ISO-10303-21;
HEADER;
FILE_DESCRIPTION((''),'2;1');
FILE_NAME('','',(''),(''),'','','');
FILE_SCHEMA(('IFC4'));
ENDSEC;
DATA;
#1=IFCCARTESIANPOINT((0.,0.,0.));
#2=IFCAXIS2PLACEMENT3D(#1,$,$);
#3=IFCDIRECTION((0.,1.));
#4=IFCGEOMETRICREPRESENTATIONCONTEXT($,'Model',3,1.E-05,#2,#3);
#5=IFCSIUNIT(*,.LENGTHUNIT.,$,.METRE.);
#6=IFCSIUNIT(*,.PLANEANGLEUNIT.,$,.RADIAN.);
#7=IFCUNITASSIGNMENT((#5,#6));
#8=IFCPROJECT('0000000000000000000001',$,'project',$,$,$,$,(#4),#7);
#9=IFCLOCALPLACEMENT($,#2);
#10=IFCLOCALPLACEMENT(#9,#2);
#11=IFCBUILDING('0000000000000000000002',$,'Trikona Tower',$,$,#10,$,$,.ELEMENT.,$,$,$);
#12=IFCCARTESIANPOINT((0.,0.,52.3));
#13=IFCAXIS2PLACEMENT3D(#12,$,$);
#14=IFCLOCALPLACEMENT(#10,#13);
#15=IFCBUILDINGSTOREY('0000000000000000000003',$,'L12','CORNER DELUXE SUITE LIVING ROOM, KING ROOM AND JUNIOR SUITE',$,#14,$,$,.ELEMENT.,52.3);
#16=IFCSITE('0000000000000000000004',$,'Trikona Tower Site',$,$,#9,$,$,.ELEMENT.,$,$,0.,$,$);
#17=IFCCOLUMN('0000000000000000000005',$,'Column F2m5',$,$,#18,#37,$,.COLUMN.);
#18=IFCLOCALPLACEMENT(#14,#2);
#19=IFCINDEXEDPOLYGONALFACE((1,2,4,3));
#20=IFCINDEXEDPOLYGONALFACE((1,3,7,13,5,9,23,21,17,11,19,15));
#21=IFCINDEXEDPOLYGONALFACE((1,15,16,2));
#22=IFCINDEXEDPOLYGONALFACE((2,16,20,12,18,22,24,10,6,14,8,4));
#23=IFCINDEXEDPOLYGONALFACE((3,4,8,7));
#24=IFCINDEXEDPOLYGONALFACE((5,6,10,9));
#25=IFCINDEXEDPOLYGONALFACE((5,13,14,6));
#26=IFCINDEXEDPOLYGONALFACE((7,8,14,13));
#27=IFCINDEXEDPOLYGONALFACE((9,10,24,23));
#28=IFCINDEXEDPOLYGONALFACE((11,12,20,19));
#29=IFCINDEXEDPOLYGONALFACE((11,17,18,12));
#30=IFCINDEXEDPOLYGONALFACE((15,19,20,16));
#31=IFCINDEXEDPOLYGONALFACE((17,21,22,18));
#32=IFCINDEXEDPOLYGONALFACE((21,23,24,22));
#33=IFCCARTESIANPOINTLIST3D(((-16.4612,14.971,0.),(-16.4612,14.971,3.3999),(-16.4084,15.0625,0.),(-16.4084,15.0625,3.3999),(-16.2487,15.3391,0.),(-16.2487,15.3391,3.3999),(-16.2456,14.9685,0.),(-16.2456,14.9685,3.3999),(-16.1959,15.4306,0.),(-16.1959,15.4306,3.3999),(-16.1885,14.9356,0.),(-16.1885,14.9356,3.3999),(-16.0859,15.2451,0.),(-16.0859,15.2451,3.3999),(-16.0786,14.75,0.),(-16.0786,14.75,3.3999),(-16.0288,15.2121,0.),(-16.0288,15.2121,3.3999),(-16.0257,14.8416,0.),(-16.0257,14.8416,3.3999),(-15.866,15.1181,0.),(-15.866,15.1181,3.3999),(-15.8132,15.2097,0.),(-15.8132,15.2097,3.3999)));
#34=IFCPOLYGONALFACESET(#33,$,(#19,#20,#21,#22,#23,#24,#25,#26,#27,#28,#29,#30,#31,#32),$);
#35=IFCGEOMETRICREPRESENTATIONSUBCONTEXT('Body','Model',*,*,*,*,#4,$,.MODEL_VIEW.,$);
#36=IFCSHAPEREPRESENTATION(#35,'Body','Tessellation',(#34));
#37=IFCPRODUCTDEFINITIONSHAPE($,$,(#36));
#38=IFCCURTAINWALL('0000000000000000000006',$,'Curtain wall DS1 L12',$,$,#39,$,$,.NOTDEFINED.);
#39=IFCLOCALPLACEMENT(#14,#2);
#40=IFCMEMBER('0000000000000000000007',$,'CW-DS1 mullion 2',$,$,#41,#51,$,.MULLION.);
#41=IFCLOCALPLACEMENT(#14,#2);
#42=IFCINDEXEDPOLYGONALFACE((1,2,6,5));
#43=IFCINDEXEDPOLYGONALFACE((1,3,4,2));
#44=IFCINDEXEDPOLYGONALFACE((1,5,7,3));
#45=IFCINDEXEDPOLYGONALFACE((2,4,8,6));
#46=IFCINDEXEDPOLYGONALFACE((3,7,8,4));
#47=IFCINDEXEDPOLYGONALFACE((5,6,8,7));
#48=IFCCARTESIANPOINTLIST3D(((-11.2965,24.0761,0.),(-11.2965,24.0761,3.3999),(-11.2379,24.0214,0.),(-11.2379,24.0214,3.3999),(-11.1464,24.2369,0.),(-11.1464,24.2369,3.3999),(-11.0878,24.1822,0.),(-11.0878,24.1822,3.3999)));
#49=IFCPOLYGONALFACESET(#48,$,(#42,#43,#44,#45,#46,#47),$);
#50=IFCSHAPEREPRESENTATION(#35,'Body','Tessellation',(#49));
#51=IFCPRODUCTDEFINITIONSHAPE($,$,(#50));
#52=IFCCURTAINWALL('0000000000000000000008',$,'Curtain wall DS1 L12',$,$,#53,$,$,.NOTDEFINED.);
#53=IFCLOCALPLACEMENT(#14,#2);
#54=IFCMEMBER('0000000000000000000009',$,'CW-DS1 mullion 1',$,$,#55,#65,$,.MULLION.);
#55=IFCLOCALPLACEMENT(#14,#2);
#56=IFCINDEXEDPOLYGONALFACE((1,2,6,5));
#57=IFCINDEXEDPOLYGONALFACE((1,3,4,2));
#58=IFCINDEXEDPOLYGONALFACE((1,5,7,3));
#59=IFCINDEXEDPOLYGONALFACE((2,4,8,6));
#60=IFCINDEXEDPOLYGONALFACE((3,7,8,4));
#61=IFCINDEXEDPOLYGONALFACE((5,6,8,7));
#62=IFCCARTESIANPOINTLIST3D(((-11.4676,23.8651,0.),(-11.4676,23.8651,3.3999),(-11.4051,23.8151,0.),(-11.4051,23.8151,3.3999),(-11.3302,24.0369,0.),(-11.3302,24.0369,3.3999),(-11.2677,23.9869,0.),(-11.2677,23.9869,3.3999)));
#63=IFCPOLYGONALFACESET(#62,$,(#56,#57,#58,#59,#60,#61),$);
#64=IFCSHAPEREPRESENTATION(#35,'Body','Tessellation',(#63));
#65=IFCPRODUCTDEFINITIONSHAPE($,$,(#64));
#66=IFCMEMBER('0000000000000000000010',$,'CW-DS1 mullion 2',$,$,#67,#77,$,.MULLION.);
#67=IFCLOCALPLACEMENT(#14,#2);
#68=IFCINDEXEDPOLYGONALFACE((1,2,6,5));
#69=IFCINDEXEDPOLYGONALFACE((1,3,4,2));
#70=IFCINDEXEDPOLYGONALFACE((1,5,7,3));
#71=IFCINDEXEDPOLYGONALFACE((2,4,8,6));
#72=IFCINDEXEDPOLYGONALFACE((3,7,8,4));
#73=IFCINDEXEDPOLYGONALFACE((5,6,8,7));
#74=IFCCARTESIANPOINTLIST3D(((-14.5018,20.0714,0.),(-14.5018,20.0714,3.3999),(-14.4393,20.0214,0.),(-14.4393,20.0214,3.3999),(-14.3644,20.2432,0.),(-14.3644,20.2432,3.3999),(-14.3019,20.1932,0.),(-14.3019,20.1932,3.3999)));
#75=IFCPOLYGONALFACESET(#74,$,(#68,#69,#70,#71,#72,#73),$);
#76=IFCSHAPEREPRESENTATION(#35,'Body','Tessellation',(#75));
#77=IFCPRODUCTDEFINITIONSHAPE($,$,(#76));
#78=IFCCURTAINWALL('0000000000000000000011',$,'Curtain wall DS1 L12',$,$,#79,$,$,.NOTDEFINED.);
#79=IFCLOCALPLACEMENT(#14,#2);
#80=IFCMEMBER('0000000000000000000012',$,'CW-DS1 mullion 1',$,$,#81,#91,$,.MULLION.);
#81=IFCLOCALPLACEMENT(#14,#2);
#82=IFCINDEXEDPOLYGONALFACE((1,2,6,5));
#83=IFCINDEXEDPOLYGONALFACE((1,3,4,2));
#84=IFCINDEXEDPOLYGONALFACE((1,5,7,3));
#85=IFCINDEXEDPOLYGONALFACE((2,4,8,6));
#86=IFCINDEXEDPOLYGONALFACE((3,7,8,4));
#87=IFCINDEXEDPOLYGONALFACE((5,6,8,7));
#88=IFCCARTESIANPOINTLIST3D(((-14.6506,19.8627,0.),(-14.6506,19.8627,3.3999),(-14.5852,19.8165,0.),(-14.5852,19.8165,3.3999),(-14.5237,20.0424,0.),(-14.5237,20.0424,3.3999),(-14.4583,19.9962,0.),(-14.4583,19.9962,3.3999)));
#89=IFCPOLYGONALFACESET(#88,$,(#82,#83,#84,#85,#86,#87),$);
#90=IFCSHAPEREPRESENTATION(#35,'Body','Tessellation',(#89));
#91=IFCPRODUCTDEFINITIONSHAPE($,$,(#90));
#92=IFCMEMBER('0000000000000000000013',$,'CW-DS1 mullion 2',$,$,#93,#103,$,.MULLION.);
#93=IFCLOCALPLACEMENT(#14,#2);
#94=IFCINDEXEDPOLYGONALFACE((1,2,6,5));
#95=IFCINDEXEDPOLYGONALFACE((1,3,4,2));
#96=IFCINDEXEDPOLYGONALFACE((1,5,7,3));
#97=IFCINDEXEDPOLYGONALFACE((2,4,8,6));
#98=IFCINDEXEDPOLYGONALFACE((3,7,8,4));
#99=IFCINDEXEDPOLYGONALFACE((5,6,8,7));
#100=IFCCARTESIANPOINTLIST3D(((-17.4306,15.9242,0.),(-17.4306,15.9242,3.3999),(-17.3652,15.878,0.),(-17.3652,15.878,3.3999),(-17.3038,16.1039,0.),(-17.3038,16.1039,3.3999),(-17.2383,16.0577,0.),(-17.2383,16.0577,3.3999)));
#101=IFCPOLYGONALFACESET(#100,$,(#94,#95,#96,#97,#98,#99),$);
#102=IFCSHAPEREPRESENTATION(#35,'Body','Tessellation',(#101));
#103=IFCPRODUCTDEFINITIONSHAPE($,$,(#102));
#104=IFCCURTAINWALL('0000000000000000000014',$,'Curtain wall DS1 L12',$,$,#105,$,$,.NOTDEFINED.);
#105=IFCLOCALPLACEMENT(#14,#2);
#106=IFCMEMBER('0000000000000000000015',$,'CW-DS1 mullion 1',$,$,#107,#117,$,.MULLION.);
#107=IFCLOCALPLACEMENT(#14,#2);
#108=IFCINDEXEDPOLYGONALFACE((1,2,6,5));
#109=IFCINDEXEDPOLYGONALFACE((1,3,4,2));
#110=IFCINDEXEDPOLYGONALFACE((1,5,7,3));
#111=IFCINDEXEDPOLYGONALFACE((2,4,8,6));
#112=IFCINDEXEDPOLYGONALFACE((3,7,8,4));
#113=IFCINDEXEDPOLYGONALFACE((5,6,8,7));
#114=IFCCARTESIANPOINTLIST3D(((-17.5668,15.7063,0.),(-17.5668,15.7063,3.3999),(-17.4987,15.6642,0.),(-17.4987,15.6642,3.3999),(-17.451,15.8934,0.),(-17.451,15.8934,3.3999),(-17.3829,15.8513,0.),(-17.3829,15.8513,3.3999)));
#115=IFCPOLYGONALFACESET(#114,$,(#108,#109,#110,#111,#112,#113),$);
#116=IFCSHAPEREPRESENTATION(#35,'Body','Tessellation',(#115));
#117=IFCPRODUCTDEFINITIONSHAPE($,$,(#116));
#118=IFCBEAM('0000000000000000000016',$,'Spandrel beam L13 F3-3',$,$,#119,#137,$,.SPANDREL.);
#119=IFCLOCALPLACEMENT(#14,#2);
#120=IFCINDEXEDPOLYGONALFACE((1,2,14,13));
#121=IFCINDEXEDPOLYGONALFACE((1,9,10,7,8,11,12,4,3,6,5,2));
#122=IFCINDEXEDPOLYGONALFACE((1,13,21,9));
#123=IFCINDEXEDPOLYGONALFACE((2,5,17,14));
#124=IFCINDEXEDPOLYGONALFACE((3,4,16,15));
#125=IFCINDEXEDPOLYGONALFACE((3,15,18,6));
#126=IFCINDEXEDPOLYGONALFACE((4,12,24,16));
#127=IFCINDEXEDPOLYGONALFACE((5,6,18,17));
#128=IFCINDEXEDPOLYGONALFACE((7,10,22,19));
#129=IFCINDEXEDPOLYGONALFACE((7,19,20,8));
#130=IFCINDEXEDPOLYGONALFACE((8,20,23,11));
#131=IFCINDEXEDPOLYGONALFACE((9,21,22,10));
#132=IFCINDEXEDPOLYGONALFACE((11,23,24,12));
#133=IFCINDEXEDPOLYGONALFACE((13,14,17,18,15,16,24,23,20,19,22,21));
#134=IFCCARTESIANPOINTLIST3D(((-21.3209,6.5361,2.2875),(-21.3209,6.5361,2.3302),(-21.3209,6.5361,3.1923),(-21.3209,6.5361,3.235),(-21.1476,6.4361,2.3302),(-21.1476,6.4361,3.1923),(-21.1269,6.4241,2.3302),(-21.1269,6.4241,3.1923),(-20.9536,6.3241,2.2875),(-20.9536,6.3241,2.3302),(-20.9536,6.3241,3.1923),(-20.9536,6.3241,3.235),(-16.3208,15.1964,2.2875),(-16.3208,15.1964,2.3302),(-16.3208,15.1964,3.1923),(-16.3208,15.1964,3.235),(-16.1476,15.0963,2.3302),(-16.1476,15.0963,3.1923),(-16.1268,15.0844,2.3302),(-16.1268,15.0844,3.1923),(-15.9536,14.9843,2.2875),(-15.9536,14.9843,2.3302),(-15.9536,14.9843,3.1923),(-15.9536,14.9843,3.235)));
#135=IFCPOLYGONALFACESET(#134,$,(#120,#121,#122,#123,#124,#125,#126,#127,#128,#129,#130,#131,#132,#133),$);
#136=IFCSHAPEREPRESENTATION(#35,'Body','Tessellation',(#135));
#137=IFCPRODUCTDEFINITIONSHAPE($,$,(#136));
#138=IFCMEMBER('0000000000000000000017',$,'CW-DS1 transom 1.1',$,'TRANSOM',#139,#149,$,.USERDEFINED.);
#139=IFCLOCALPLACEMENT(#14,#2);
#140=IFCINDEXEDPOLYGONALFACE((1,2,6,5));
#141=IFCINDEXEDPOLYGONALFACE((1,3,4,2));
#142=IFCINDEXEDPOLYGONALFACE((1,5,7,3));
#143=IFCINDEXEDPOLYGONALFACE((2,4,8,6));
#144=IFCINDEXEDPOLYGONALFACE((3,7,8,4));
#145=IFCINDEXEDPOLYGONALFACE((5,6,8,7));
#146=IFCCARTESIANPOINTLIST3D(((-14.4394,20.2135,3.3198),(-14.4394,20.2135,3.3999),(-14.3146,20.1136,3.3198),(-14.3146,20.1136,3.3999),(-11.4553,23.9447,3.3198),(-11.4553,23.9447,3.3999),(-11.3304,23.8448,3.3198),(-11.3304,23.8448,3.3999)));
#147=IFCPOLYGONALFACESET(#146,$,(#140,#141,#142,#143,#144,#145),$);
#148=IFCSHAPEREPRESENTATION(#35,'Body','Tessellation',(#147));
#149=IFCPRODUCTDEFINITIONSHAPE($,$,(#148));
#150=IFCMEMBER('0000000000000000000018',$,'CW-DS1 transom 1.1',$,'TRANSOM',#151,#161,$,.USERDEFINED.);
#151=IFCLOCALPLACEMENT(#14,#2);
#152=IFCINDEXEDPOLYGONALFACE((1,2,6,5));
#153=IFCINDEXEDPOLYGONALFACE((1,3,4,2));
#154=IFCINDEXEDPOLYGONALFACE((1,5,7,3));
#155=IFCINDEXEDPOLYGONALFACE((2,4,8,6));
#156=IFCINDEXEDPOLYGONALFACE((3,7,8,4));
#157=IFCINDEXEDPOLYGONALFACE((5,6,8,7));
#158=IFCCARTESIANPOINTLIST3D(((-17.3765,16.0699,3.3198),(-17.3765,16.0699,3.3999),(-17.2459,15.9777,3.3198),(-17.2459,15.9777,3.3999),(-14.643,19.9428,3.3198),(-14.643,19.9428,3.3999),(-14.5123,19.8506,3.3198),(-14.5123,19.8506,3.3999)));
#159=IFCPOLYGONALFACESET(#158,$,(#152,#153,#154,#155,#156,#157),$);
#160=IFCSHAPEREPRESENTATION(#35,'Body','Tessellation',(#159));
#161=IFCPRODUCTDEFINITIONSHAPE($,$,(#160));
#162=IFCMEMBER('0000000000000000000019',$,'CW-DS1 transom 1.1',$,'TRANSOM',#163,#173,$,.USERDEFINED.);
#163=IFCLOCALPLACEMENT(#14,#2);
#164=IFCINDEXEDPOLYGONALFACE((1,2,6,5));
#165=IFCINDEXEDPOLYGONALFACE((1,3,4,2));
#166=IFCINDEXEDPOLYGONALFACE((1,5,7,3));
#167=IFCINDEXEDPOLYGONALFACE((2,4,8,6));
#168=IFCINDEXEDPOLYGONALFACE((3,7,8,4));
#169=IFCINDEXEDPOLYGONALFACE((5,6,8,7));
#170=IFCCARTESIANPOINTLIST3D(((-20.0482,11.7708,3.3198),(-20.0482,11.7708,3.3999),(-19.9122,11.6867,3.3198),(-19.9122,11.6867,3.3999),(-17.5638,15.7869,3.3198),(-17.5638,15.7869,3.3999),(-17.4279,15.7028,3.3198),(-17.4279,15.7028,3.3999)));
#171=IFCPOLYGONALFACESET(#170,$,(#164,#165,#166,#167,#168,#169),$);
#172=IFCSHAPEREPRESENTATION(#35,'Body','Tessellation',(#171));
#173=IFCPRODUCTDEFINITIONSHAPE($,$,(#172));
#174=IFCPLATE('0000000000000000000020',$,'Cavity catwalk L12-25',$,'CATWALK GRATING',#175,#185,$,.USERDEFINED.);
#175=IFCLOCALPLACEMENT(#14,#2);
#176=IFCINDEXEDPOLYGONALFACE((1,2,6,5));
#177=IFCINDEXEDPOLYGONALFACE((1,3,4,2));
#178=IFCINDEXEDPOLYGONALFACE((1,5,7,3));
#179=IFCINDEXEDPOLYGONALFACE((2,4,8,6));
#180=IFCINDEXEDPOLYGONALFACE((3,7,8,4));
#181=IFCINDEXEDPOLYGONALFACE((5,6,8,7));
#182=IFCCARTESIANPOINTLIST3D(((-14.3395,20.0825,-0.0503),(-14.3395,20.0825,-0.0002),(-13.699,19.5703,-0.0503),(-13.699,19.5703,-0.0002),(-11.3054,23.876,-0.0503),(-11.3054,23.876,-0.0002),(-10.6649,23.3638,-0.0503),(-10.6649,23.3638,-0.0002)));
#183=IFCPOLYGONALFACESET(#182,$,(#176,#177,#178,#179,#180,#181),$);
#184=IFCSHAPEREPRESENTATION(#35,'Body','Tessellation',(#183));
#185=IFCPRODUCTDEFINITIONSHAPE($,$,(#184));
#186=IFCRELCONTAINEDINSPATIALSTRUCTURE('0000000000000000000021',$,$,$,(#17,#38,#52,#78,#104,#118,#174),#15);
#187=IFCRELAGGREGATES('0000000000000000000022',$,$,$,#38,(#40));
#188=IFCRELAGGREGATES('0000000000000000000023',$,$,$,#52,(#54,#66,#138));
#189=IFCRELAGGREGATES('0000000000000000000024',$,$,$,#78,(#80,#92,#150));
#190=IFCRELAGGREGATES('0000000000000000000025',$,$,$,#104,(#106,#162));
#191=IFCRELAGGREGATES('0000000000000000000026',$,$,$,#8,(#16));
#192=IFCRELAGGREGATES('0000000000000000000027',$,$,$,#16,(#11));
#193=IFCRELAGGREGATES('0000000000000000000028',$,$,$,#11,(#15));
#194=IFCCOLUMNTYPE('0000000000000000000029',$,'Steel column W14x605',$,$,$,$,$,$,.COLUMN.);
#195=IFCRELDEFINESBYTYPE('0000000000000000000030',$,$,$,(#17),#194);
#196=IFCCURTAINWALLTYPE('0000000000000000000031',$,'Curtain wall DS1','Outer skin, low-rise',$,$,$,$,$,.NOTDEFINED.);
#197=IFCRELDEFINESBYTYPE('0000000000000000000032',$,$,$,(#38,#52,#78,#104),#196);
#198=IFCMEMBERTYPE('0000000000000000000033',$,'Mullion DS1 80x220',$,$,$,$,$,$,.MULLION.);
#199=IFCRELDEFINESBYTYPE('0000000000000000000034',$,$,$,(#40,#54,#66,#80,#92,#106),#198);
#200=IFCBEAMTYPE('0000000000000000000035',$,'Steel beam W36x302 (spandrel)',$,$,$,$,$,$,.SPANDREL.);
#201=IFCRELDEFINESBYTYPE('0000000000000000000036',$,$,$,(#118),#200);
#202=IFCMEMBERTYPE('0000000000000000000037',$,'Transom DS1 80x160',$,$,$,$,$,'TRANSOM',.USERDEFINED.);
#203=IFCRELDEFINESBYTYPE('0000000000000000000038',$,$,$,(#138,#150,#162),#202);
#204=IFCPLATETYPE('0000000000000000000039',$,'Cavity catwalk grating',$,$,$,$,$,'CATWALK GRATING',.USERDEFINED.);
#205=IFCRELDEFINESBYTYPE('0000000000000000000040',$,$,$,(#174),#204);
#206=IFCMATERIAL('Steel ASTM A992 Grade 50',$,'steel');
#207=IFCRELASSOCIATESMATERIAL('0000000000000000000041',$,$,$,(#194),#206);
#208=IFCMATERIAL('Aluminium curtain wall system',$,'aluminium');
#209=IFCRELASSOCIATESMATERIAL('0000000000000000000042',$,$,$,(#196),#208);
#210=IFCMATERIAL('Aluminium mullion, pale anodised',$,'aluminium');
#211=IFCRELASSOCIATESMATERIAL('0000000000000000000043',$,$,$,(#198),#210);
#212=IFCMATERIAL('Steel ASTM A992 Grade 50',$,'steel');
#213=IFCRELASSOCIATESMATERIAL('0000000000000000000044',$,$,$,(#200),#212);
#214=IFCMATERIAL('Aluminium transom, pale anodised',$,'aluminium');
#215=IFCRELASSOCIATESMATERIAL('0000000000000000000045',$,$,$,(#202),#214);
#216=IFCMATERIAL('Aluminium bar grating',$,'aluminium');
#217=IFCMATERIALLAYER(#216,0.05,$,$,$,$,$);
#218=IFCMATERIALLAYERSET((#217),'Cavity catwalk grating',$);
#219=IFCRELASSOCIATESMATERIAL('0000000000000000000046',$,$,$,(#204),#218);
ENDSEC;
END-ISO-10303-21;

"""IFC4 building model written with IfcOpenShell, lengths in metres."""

from ifc_helpers import new_model, si_unit, direction, frame, origin, origin_2d, place, context, subcontext, project, spatial, rectangle, i_section, extrude, material, layer, layer_set, material_profile, profile_set, type_object, element, aggregate, save


model = new_model("IFC4")

# Units and contexts
model_context = context("Model", 3, precision=1e-05, world=origin(), true_north=direction((0.0, 1.0)))
body_context = subcontext(model_context, "Body", "Model", "MODEL_VIEW")
ifc_project = project(units=[si_unit("LENGTHUNIT", "METRE"), si_unit("PLANEANGLEUNIT", "RADIAN")], contexts=[model_context])

# Site, building, storey
site_placement = place(None, origin())
site = spatial("IfcSite", under=ifc_project, at=site_placement, Name="Trikona Tower Site", CompositionType="ELEMENT", RefElevation=0.0)
building_placement = place(site_placement, origin())
building = spatial("IfcBuilding", under=site, at=building_placement, Name="Trikona Tower", CompositionType="ELEMENT")
storey_placement = place(building_placement, frame((0.0, 0.0, 52.3)))
storey = spatial("IfcBuildingStorey", under=building, at=storey_placement, Name="L12", Description="CORNER DELUXE SUITE LIVING ROOM, KING ROOM AND JUNIOR SUITE", CompositionType="ELEMENT", Elevation=52.3)

# Column
ifc_material_1 = material(Name="Steel ASTM A992 Grade 50", Category="steel")
ifc_material_profile_1 = material_profile(ifc_material_1, i_section(OverallWidth=0.4419, OverallDepth=0.5308, WebThickness=0.0659, FlangeThickness=0.1057, at=origin_2d()), Name="W14X605")
ifc_profile_set_1 = profile_set([ifc_material_profile_1], Name="Steel ASTM A992 Grade 50")
column_type = type_object("IfcColumnType", Name="Steel column W14x605", PredefinedType="COLUMN", material=ifc_profile_set_1)
column_placement = place(storey_placement, frame((-16.1372, 15.0903, 0.0), z_axis=(0.0, 0.0, 1.0), x_axis=(-0.866025, 0.5, 0.0)))
element("IfcColumn", 1, at=column_placement, inside=storey, type_object=column_type, Name="Column F2m5", PredefinedType="COLUMN", context=body_context, shape_type="SweptSolid", body=[
    extrude(i_section(OverallWidth=0.4419, OverallDepth=0.5308, WebThickness=0.0659, FlangeThickness=0.1057, at=origin_2d()), origin(), (0.0, 0.0, 1.0), 3.3999),
])

# Curtain wall, member
ifc_material_2 = material(Name="Aluminium curtain wall system", Category="aluminium")
curtain_wall_type = type_object("IfcCurtainWallType", Name="Curtain wall DS1", Description="Outer skin, low-rise", PredefinedType="NOTDEFINED", material=ifc_material_2)
curtain_wall_1_placement = place(storey_placement, origin())
curtain_wall_1 = element("IfcCurtainWall", 2, at=curtain_wall_1_placement, inside=storey, type_object=curtain_wall_type, Name="Curtain wall DS1 L12", PredefinedType="NOTDEFINED")
ifc_material_3 = material(Name="Aluminium mullion, pale anodised", Category="aluminium")
ifc_material_profile_2 = material_profile(ifc_material_3, rectangle(XDim=0.0801, YDim=0.22, at=origin_2d()), Name="MUL-DS1")
ifc_profile_set_2 = profile_set([ifc_material_profile_2], Name="Aluminium mullion, pale anodised")
member_type_1 = type_object("IfcMemberType", Name="Mullion DS1 80x220", PredefinedType="MULLION", material=ifc_profile_set_2)
member_1_placement = place(storey_placement, frame((-11.1921, 24.1292, 0.0), z_axis=(0.0, 0.0, 1.0), x_axis=(0.731077, -0.682295, 0.0)))
member_1 = element("IfcMember", 3, at=member_1_placement, type_object=member_type_1, Name="CW-DS1 mullion 2", PredefinedType="MULLION", context=body_context, shape_type="SweptSolid", body=[
    extrude(rectangle(XDim=0.0801, YDim=0.22, at=origin_2d()), origin(), (0.0, 0.0, 1.0), 3.3999),
])
aggregate(curtain_wall_1, [member_1])

# Curtain walls, members
curtain_wall_2_placement = place(storey_placement, origin())
curtain_wall_2 = element("IfcCurtainWall", 4, at=curtain_wall_2_placement, inside=storey, type_object=curtain_wall_type, Name="Curtain wall DS1 L12", PredefinedType="NOTDEFINED")
member_2_placement = place(storey_placement, frame((-11.3677, 23.926, 0.0), z_axis=(0.0, 0.0, 1.0), x_axis=(0.780938, -0.624609, 0.0)))
member_2 = element("IfcMember", 5, at=member_2_placement, type_object=member_type_1, Name="CW-DS1 mullion 1", PredefinedType="MULLION", context=body_context, shape_type="SweptSolid", body=[
    extrude(rectangle(XDim=0.0801, YDim=0.22, at=origin_2d()), origin(), (0.0, 0.0, 1.0), 3.3999),
])
member_3_placement = place(storey_placement, frame((-14.4019, 20.1323, 0.0), z_axis=(0.0, 0.0, 1.0), x_axis=(0.780938, -0.624609, 0.0)))
member_3 = element("IfcMember", 6, at=member_3_placement, type_object=member_type_1, Name="CW-DS1 mullion 2", PredefinedType="MULLION", context=body_context, shape_type="SweptSolid", body=[
    extrude(rectangle(XDim=0.0801, YDim=0.22, at=origin_2d()), origin(), (0.0, 0.0, 1.0), 3.3999),
])
curtain_wall_3_placement = place(storey_placement, origin())
curtain_wall_3 = element("IfcCurtainWall", 7, at=curtain_wall_3_placement, inside=storey, type_object=curtain_wall_type, Name="Curtain wall DS1 L12", PredefinedType="NOTDEFINED")
member_4_placement = place(storey_placement, frame((-14.5544, 19.9294, 0.0), z_axis=(0.0, 0.0, 1.0), x_axis=(0.816985, -0.576658, 0.0)))
member_4 = element("IfcMember", 8, at=member_4_placement, type_object=member_type_1, Name="CW-DS1 mullion 1", PredefinedType="MULLION", context=body_context, shape_type="SweptSolid", body=[
    extrude(rectangle(XDim=0.0801, YDim=0.22, at=origin_2d()), origin(), (0.0, 0.0, 1.0), 3.3999),
])
member_5_placement = place(storey_placement, frame((-17.3345, 15.991, 0.0), z_axis=(0.0, 0.0, 1.0), x_axis=(0.816985, -0.576658, 0.0)))
member_5 = element("IfcMember", 9, at=member_5_placement, type_object=member_type_1, Name="CW-DS1 mullion 2", PredefinedType="MULLION", context=body_context, shape_type="SweptSolid", body=[
    extrude(rectangle(XDim=0.0801, YDim=0.22, at=origin_2d()), origin(), (0.0, 0.0, 1.0), 3.3999),
])

# Curtain wall, member
curtain_wall_4_placement = place(storey_placement, origin())
curtain_wall_4 = element("IfcCurtainWall", 10, at=curtain_wall_4_placement, inside=storey, type_object=curtain_wall_type, Name="Curtain wall DS1 L12", PredefinedType="NOTDEFINED")
member_6_placement = place(storey_placement, frame((-17.4749, 15.7788, 0.0), z_axis=(0.0, 0.0, 1.0), x_axis=(0.85041, -0.52612, 0.0)))
member_6 = element("IfcMember", 11, at=member_6_placement, type_object=member_type_1, Name="CW-DS1 mullion 1", PredefinedType="MULLION", context=body_context, shape_type="SweptSolid", body=[
    extrude(rectangle(XDim=0.0801, YDim=0.22, at=origin_2d()), origin(), (0.0, 0.0, 1.0), 3.3999),
])

# Beam
ifc_material_4 = material(Name="Steel ASTM A992 Grade 50", Category="steel")
ifc_material_profile_3 = material_profile(ifc_material_4, i_section(OverallWidth=0.4241, OverallDepth=0.9475, WebThickness=0.0239, FlangeThickness=0.0427, at=origin_2d()), Name="W36X302")
ifc_profile_set_3 = profile_set([ifc_material_profile_3], Name="Steel ASTM A992 Grade 50")
beam_type = type_object("IfcBeamType", Name="Steel beam W36x302 (spandrel)", PredefinedType="SPANDREL", material=ifc_profile_set_3)
beam_placement = place(storey_placement, frame((-16.1372, 15.0903, 2.7612), z_axis=(-0.500004, -0.866023, 0.0), x_axis=(0.866023, -0.500004, 0.0)))
element("IfcBeam", 12, at=beam_placement, inside=storey, type_object=beam_type, Name="Spandrel beam L13 F3-3", PredefinedType="SPANDREL", context=body_context, shape_type="SweptSolid", body=[
    extrude(i_section(OverallWidth=0.4241, OverallDepth=0.9475, WebThickness=0.0239, FlangeThickness=0.0427, at=origin_2d()), origin(), (0.0, 0.0, 1.0), 10.0),
])

# Members
ifc_material_5 = material(Name="Aluminium transom, pale anodised", Category="aluminium")
ifc_material_profile_4 = material_profile(ifc_material_5, rectangle(XDim=0.1599, YDim=0.0801, at=origin_2d()), Name="TRN-DS1")
ifc_profile_set_4 = profile_set([ifc_material_profile_4], Name="Aluminium transom, pale anodised")
member_type_2 = type_object("IfcMemberType", Name="Transom DS1 80x160", ElementType="TRANSOM", PredefinedType="USERDEFINED", material=ifc_profile_set_4)
member_7_placement = place(storey_placement, frame((-11.3928, 23.8948, 3.3599), z_axis=(-0.624589, -0.780954, 0.0), x_axis=(0.780954, -0.624589, 0.0)))
member_7 = element("IfcMember", 13, at=member_7_placement, type_object=member_type_2, Name="CW-DS1 transom 1.1", ObjectType="TRANSOM", PredefinedType="USERDEFINED", context=body_context, shape_type="SweptSolid", body=[
    extrude(rectangle(XDim=0.1599, YDim=0.0801, at=origin_2d()), origin(), (0.0, 0.0, 1.0), 4.7778),
])
member_8_placement = place(storey_placement, frame((-14.5776, 19.8967, 3.3599), z_axis=(-0.576645, -0.816995, 0.0), x_axis=(0.816995, -0.576645, 0.0)))
member_8 = element("IfcMember", 14, at=member_8_placement, type_object=member_type_2, Name="CW-DS1 transom 1.1", ObjectType="TRANSOM", PredefinedType="USERDEFINED", context=body_context, shape_type="SweptSolid", body=[
    extrude(rectangle(XDim=0.1599, YDim=0.0801, at=origin_2d()), origin(), (0.0, 0.0, 1.0), 4.7405),
])
member_9_placement = place(storey_placement, frame((-17.4958, 15.7449, 3.3599), z_axis=(-0.526081, -0.850435, 0.0), x_axis=(0.850435, -0.526081, 0.0)))
member_9 = element("IfcMember", 15, at=member_9_placement, type_object=member_type_2, Name="CW-DS1 transom 1.1", ObjectType="TRANSOM", PredefinedType="USERDEFINED", context=body_context, shape_type="SweptSolid", body=[
    extrude(rectangle(XDim=0.1599, YDim=0.0801, at=origin_2d()), origin(), (0.0, 0.0, 1.0), 4.7224),
])

# Plate
ifc_material_6 = material(Name="Aluminium bar grating", Category="aluminium")
ifc_layer_1 = layer(ifc_material_6, 0.05)
ifc_layer_set_1 = layer_set([ifc_layer_1], Name="Cavity catwalk grating")
plate_type_1 = type_object("IfcPlateType", Name="Cavity catwalk grating", ElementType="CATWALK GRATING", PredefinedType="USERDEFINED", material=ifc_layer_set_1)
plate_1_placement = place(storey_placement, frame((-12.5022, 21.7231, -0.0503), z_axis=(0.0, 0.0, 1.0), x_axis=(-0.624604, -0.780942, 0.0)))
element("IfcPlate", 16, at=plate_1_placement, inside=storey, type_object=plate_type_1, Name="Cavity catwalk L12-25", ObjectType="CATWALK GRATING", PredefinedType="USERDEFINED", context=body_context, shape_type="SweptSolid", body=[
    extrude(rectangle(XDim=4.8577, YDim=0.8201, at=origin_2d()), origin(), (0.0, 0.0, 1.0), 0.05),
])

aggregate(curtain_wall_2, [member_2, member_3, member_7])
aggregate(curtain_wall_3, [member_4, member_5, member_8])
aggregate(curtain_wall_4, [member_6, member_9])

save(model, "model.ifc")
